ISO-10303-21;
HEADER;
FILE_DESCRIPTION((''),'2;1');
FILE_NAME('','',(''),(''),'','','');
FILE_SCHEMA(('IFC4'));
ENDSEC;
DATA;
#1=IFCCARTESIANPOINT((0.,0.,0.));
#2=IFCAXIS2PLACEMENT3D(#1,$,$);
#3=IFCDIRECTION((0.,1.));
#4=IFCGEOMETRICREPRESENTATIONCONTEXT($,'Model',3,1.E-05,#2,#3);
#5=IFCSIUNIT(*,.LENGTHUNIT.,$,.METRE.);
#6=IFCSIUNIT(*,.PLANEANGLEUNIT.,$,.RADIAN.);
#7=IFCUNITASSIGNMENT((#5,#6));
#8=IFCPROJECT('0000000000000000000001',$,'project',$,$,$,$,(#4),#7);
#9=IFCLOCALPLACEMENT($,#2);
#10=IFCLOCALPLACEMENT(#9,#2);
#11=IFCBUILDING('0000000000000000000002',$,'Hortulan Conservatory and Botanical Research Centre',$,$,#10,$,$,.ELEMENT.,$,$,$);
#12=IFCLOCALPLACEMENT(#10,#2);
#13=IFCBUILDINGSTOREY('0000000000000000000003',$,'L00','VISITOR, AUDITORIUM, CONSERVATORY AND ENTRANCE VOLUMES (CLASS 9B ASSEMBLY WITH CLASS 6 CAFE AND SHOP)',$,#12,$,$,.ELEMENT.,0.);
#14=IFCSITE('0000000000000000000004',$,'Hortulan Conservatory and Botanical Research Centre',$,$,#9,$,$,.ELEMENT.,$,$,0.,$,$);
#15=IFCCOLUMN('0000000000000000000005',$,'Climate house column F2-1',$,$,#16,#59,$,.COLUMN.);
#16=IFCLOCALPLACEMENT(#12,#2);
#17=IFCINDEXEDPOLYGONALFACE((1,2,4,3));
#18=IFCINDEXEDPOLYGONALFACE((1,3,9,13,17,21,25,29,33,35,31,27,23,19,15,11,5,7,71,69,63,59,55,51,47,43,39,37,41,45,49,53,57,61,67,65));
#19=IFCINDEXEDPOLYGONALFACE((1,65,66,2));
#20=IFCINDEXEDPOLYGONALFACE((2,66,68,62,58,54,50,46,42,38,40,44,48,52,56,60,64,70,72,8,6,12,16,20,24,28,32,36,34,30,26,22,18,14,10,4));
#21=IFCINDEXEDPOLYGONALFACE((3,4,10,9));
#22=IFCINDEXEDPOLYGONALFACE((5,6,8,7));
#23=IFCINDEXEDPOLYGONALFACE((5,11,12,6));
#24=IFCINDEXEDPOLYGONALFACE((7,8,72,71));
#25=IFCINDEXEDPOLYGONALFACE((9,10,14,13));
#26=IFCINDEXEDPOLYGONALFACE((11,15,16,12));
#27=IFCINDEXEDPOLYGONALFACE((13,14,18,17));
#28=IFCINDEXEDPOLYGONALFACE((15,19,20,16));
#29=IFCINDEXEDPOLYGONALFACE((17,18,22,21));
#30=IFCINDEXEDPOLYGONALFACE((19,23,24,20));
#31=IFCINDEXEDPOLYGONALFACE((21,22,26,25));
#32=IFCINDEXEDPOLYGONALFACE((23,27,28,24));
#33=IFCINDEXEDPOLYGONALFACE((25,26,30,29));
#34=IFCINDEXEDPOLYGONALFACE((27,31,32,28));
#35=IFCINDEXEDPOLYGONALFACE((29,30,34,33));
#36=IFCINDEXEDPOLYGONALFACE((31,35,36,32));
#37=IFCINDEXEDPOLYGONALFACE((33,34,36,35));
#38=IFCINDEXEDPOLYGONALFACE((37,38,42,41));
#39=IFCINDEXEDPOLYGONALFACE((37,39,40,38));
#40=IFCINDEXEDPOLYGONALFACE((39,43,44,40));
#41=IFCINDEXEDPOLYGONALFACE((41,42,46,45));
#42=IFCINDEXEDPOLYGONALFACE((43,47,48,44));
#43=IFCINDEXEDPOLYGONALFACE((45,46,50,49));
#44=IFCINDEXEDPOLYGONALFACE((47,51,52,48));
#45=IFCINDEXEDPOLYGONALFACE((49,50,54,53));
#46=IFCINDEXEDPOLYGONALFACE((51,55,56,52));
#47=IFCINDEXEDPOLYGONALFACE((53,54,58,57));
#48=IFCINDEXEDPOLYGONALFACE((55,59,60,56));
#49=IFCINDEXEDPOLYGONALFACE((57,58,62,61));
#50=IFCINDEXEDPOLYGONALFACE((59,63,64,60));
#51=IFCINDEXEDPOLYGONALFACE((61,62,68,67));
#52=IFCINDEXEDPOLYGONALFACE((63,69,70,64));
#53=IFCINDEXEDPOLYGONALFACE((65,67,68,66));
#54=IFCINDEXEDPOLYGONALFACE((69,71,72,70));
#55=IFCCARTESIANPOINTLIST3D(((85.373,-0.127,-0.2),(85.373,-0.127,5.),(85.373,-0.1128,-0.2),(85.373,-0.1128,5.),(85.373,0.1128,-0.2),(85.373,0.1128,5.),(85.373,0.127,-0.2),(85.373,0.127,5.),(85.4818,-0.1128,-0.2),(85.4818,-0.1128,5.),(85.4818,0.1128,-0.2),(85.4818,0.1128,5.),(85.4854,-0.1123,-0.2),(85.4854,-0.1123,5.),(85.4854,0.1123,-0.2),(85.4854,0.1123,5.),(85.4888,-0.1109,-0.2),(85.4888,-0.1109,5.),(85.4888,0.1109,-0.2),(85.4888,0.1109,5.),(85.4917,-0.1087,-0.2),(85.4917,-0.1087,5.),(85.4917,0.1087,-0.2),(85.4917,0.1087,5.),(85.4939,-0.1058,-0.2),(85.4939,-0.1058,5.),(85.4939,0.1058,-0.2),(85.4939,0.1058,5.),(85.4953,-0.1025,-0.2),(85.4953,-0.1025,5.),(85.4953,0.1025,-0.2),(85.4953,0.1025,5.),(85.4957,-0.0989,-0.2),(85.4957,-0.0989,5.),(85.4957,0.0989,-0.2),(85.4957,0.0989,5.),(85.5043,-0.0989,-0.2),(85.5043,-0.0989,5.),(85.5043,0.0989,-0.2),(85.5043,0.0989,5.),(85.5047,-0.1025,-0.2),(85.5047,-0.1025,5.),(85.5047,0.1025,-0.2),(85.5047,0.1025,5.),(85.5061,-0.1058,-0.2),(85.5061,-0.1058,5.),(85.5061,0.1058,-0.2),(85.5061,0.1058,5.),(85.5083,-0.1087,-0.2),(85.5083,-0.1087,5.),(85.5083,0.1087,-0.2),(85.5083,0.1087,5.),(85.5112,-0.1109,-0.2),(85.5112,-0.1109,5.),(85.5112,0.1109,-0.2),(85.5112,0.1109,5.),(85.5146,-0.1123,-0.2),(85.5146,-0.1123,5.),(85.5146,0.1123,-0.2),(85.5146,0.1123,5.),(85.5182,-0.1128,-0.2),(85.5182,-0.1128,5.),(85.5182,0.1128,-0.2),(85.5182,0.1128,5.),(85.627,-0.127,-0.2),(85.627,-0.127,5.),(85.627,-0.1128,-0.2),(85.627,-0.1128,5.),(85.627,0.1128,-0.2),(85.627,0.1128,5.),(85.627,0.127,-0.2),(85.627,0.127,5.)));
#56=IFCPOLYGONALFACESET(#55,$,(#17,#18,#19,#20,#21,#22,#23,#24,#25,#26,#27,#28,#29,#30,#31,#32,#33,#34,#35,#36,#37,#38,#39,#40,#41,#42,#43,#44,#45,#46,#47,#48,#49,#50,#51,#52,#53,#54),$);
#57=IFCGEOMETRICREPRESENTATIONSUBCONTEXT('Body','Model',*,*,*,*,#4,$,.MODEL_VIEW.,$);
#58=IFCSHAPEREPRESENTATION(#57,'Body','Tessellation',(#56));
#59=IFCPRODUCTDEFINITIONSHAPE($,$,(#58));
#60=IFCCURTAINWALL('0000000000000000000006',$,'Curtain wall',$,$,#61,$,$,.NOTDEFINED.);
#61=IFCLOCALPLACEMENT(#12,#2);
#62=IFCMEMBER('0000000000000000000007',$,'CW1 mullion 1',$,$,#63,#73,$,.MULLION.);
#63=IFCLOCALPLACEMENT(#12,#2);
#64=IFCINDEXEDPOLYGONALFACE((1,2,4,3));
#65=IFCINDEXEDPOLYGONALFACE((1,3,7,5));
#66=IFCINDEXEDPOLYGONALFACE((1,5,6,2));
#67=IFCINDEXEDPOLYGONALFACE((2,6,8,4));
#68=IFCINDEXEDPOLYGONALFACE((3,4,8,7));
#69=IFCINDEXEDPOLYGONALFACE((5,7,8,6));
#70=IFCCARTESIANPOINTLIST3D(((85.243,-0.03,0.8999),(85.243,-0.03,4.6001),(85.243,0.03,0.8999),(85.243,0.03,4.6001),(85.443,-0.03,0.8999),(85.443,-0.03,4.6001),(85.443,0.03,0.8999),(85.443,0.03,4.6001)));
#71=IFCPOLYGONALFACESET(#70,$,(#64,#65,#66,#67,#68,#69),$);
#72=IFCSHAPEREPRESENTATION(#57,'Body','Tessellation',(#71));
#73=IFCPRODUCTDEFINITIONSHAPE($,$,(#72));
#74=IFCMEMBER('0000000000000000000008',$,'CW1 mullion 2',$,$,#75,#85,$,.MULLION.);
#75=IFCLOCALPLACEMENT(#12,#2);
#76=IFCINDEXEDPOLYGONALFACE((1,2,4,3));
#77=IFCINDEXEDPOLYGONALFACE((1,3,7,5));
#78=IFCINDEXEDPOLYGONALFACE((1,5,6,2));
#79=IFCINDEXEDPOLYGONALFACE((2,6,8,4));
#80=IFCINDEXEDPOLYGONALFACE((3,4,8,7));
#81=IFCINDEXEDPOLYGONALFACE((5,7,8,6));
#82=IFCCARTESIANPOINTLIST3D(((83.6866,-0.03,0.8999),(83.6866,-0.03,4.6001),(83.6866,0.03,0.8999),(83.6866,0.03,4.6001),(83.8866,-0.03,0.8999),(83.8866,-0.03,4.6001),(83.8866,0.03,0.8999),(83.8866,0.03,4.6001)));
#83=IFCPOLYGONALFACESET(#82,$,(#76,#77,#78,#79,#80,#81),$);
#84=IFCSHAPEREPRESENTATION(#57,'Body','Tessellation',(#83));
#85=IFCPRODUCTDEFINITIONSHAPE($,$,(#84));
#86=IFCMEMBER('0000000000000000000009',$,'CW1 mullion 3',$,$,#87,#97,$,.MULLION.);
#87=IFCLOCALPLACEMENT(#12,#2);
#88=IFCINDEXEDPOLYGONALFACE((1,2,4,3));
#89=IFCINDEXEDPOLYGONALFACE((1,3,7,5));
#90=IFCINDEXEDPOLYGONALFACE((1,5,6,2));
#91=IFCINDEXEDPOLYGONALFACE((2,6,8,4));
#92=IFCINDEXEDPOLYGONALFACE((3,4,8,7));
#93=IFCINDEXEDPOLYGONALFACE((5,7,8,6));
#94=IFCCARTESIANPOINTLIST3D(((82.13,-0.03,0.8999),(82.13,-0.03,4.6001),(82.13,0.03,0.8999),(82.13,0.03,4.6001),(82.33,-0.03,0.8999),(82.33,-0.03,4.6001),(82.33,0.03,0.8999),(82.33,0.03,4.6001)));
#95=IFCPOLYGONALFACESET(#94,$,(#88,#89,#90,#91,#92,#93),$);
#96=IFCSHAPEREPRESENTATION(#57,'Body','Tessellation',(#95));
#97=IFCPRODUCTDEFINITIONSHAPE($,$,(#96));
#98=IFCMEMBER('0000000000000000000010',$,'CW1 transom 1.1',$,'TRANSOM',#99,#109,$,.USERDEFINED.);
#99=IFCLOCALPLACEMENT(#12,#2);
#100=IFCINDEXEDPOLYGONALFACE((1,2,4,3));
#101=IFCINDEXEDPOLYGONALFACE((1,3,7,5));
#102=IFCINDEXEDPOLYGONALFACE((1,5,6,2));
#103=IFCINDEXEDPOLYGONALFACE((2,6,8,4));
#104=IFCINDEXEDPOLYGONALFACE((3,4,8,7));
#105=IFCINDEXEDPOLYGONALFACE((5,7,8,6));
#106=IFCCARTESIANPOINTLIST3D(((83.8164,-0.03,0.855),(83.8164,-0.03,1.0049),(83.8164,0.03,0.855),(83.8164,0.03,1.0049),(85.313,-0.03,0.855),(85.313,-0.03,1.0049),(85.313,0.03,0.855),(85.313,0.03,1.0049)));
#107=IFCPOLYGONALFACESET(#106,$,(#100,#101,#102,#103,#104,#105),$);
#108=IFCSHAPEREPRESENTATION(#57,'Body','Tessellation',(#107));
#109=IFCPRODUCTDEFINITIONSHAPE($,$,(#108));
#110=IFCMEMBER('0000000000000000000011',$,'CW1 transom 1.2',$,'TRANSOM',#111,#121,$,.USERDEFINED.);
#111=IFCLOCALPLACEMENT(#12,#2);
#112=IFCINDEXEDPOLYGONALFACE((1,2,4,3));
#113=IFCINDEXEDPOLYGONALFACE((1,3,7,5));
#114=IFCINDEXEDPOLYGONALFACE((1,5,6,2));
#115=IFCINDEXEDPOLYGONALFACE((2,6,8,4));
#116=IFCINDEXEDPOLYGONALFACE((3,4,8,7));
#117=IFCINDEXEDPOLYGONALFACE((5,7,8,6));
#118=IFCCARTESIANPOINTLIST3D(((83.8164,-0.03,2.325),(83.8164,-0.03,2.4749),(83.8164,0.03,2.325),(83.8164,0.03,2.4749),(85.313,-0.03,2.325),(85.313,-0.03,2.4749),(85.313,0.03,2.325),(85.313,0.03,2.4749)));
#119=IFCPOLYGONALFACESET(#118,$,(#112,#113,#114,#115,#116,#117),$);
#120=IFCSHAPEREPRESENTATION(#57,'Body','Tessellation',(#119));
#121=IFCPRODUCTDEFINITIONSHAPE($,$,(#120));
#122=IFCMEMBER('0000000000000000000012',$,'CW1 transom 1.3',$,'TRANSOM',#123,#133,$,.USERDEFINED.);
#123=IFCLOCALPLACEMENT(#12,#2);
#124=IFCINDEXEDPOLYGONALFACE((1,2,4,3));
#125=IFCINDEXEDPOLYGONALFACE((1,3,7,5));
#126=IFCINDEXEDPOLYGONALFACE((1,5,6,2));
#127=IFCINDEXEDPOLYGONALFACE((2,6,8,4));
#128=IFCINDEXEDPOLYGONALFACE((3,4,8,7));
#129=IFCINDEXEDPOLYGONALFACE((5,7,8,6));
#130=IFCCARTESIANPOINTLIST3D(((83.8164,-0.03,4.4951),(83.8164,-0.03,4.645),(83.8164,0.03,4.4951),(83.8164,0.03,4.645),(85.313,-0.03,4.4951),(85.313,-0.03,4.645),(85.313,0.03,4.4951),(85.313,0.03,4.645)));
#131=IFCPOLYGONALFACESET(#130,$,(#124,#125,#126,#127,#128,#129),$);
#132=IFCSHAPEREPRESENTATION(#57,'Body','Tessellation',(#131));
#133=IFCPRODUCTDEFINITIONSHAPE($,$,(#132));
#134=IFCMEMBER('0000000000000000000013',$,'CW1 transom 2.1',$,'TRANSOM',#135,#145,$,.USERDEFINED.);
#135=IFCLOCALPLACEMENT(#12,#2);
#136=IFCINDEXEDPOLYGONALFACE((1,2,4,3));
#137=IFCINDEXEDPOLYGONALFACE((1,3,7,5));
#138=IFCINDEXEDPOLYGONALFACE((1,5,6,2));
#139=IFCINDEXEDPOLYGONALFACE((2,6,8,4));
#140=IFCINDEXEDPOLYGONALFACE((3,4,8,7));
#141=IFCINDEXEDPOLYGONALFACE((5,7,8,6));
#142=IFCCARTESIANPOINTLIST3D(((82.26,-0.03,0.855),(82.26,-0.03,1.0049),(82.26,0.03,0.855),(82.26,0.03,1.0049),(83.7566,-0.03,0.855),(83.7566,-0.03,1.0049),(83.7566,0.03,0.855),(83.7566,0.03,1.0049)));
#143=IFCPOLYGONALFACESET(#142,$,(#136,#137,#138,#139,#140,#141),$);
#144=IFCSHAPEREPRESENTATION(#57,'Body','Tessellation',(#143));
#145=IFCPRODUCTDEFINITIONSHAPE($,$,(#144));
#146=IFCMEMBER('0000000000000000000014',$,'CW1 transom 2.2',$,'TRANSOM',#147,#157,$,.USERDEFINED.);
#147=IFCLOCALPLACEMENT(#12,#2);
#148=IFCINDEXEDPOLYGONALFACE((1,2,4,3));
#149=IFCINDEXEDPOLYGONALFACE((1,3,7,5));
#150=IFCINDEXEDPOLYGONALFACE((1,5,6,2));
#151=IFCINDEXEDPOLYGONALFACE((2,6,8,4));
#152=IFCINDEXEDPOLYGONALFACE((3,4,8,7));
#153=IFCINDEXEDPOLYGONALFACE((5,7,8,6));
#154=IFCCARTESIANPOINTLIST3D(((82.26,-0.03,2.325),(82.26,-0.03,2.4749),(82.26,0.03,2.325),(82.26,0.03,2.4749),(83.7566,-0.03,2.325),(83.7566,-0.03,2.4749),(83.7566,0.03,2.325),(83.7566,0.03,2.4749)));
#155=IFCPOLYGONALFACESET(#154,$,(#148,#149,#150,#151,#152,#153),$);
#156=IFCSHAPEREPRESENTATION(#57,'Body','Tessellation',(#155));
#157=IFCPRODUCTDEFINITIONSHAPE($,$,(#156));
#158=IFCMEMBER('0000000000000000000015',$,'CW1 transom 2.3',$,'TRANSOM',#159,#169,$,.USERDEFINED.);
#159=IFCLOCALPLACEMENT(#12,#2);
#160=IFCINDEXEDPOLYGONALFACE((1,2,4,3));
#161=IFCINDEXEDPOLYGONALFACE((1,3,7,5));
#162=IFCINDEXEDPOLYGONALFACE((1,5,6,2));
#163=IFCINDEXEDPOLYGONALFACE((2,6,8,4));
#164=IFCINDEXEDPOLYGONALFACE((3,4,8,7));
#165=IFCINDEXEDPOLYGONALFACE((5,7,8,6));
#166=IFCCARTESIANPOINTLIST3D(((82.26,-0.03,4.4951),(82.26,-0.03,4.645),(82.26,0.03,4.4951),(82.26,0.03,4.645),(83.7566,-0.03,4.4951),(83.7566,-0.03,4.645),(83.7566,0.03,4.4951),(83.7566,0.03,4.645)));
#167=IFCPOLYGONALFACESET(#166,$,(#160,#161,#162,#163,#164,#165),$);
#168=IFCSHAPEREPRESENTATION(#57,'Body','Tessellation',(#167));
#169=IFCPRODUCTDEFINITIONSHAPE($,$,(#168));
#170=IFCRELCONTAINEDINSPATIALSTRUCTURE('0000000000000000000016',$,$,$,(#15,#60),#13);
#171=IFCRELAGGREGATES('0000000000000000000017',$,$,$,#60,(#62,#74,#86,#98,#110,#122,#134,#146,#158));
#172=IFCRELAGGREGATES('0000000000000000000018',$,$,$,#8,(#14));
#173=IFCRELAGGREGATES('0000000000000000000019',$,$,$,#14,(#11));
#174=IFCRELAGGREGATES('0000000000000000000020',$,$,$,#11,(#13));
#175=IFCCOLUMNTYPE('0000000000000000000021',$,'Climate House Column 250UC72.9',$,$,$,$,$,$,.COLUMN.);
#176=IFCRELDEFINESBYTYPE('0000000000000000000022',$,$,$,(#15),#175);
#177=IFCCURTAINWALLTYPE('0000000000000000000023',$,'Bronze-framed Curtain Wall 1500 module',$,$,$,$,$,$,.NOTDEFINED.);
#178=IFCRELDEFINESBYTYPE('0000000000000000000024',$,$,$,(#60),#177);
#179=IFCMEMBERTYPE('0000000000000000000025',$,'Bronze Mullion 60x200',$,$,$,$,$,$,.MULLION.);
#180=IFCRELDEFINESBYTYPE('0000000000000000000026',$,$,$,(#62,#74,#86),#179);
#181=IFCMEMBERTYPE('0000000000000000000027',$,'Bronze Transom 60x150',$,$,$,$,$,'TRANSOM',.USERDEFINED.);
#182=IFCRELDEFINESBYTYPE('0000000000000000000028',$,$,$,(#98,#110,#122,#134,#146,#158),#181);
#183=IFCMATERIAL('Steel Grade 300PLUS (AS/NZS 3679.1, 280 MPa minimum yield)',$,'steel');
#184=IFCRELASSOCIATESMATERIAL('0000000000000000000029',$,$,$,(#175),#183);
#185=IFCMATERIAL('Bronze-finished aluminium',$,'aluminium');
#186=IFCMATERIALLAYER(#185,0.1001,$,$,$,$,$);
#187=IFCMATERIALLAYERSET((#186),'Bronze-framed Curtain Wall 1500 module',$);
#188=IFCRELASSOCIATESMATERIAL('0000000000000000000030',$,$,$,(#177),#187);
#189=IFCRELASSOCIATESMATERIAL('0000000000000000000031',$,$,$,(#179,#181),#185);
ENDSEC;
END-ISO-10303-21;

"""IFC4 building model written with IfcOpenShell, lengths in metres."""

from ifc_helpers import new_model, si_unit, direction, frame, origin, origin_2d, place, context, subcontext, project, spatial, rectangle, i_section, extrude, material, layer, layer_set, material_profile, profile_set, type_object, element, aggregate, save


model = new_model("IFC4")

# Units and contexts
model_context = context("Model", 3, precision=1e-05, world=origin(), true_north=direction((0.0, 1.0)))
body_context = subcontext(model_context, "Body", "Model", "MODEL_VIEW")
ifc_project = project(units=[si_unit("LENGTHUNIT", "METRE"), si_unit("PLANEANGLEUNIT", "RADIAN")], contexts=[model_context])

# Site, building, storey
site_placement = place(None, origin())
site = spatial("IfcSite", under=ifc_project, at=site_placement, Name="Hortulan Conservatory and Botanical Research Centre", CompositionType="ELEMENT", RefElevation=0.0)
building_placement = place(site_placement, origin())
building = spatial("IfcBuilding", under=site, at=building_placement, Name="Hortulan Conservatory and Botanical Research Centre", CompositionType="ELEMENT")
storey_placement = place(building_placement, origin())
storey = spatial("IfcBuildingStorey", under=building, at=storey_placement, Name="L00", Description="VISITOR, AUDITORIUM, CONSERVATORY AND ENTRANCE VOLUMES (CLASS 9B ASSEMBLY WITH CLASS 6 CAFE AND SHOP)", CompositionType="ELEMENT", Elevation=0.0)

# Column
ifc_material_1 = material(Name="Steel Grade 300PLUS (AS/NZS 3679.1, 280 MPa minimum yield)", Category="steel")
ifc_material_profile_1 = material_profile(ifc_material_1, i_section(OverallWidth=0.2539, OverallDepth=0.2539, WebThickness=0.0085, FlangeThickness=0.0142, FilletRadius=0.0139, at=origin_2d()), Name="250UC72.9")
ifc_profile_set_1 = profile_set([ifc_material_profile_1], Name="Steel Grade 300PLUS (AS/NZS 3679.1, 280 MPa minimum yield)")
column_type = type_object("IfcColumnType", Name="Climate House Column 250UC72.9", PredefinedType="COLUMN", material=ifc_profile_set_1)
column_placement = place(storey_placement, frame((85.5, 0.0, -0.2), z_axis=(0.0, 0.0, 1.0), x_axis=(1.0, 0.0, 0.0)))
element("IfcColumn", 1, at=column_placement, inside=storey, type_object=column_type, Name="Climate house column F2-1", PredefinedType="COLUMN", context=body_context, shape_type="SweptSolid", body=[
    extrude(i_section(OverallWidth=0.2539, OverallDepth=0.2539, WebThickness=0.0085, FlangeThickness=0.0142, FilletRadius=0.0139, at=origin_2d()), origin(), (0.0, 0.0, 1.0), 5.2),
])

# Curtain wall, members
ifc_material_2 = material(Name="Bronze-finished aluminium", Category="aluminium")
ifc_layer_1 = layer(ifc_material_2, 0.1001)
ifc_layer_set_1 = layer_set([ifc_layer_1], Name="Bronze-framed Curtain Wall 1500 module")
curtain_wall_type = type_object("IfcCurtainWallType", Name="Bronze-framed Curtain Wall 1500 module", PredefinedType="NOTDEFINED", material=ifc_layer_set_1)
curtain_wall_placement = place(storey_placement, origin())
curtain_wall = element("IfcCurtainWall", 2, at=curtain_wall_placement, inside=storey, type_object=curtain_wall_type, Name="Curtain wall", PredefinedType="NOTDEFINED")
ifc_material_profile_2 = material_profile(ifc_material_2, rectangle(XDim=0.0601, YDim=0.2, at=origin_2d()), Name="Bronze Mullion 60x200")
ifc_profile_set_2 = profile_set([ifc_material_profile_2], Name="Bronze-finished aluminium")
member_type_1 = type_object("IfcMemberType", Name="Bronze Mullion 60x200", PredefinedType="MULLION", material=ifc_profile_set_2)
member_1_placement = place(storey_placement, frame((85.343, 0.0, 0.8999), z_axis=(0.0, 0.0, 1.0), x_axis=(0.0, -1.0, 0.0)))
member_1 = element("IfcMember", 3, at=member_1_placement, type_object=member_type_1, Name="CW1 mullion 1", PredefinedType="MULLION", context=body_context, shape_type="SweptSolid", body=[
    extrude(rectangle(XDim=0.0601, YDim=0.2, at=origin_2d()), origin(), (0.0, 0.0, 1.0), 3.7002),
])
member_2_placement = place(storey_placement, frame((83.7866, 0.0, 0.8999), z_axis=(0.0, 0.0, 1.0), x_axis=(0.0, -1.0, 0.0)))
member_2 = element("IfcMember", 4, at=member_2_placement, type_object=member_type_1, Name="CW1 mullion 2", PredefinedType="MULLION", context=body_context, shape_type="SweptSolid", body=[
    extrude(rectangle(XDim=0.0601, YDim=0.2, at=origin_2d()), origin(), (0.0, 0.0, 1.0), 3.7002),
])
member_3_placement = place(storey_placement, frame((82.23, 0.0, 0.8999), z_axis=(0.0, 0.0, 1.0), x_axis=(0.0, -1.0, 0.0)))
member_3 = element("IfcMember", 5, at=member_3_placement, type_object=member_type_1, Name="CW1 mullion 3", PredefinedType="MULLION", context=body_context, shape_type="SweptSolid", body=[
    extrude(rectangle(XDim=0.0601, YDim=0.2, at=origin_2d()), origin(), (0.0, 0.0, 1.0), 3.7002),
])
ifc_material_profile_3 = material_profile(ifc_material_2, rectangle(XDim=0.0601, YDim=0.1499, at=origin_2d()), Name="Bronze Transom 60x150")
ifc_profile_set_3 = profile_set([ifc_material_profile_3], Name="Bronze-finished aluminium")
member_type_2 = type_object("IfcMemberType", Name="Bronze Transom 60x150", ElementType="TRANSOM", PredefinedType="USERDEFINED", material=ifc_profile_set_3)
member_4_placement = place(storey_placement, frame((85.313, 0.0, 0.9299), z_axis=(-1.0, 0.0, 0.0), x_axis=(0.0, -1.0, 0.0)))
member_4 = element("IfcMember", 6, at=member_4_placement, type_object=member_type_2, Name="CW1 transom 1.1", ObjectType="TRANSOM", PredefinedType="USERDEFINED", context=body_context, shape_type="SweptSolid", body=[
    extrude(rectangle(XDim=0.0601, YDim=0.1499, at=origin_2d()), origin(), (0.0, 0.0, 1.0), 1.4966),
])
member_5_placement = place(storey_placement, frame((85.313, 0.0, 2.3999), z_axis=(-1.0, 0.0, 0.0), x_axis=(0.0, -1.0, 0.0)))
member_5 = element("IfcMember", 7, at=member_5_placement, type_object=member_type_2, Name="CW1 transom 1.2", ObjectType="TRANSOM", PredefinedType="USERDEFINED", context=body_context, shape_type="SweptSolid", body=[
    extrude(rectangle(XDim=0.0601, YDim=0.1499, at=origin_2d()), origin(), (0.0, 0.0, 1.0), 1.4966),
])
member_6_placement = place(storey_placement, frame((85.313, 0.0, 4.5701), z_axis=(-1.0, 0.0, 0.0), x_axis=(0.0, -1.0, 0.0)))
member_6 = element("IfcMember", 8, at=member_6_placement, type_object=member_type_2, Name="CW1 transom 1.3", ObjectType="TRANSOM", PredefinedType="USERDEFINED", context=body_context, shape_type="SweptSolid", body=[
    extrude(rectangle(XDim=0.0601, YDim=0.1499, at=origin_2d()), origin(), (0.0, 0.0, 1.0), 1.4966),
])
member_7_placement = place(storey_placement, frame((83.7566, 0.0, 0.9299), z_axis=(-1.0, 0.0, 0.0), x_axis=(0.0, -1.0, 0.0)))
member_7 = element("IfcMember", 9, at=member_7_placement, type_object=member_type_2, Name="CW1 transom 2.1", ObjectType="TRANSOM", PredefinedType="USERDEFINED", context=body_context, shape_type="SweptSolid", body=[
    extrude(rectangle(XDim=0.0601, YDim=0.1499, at=origin_2d()), origin(), (0.0, 0.0, 1.0), 1.4966),
])
member_8_placement = place(storey_placement, frame((83.7566, 0.0, 2.3999), z_axis=(-1.0, 0.0, 0.0), x_axis=(0.0, -1.0, 0.0)))
member_8 = element("IfcMember", 10, at=member_8_placement, type_object=member_type_2, Name="CW1 transom 2.2", ObjectType="TRANSOM", PredefinedType="USERDEFINED", context=body_context, shape_type="SweptSolid", body=[
    extrude(rectangle(XDim=0.0601, YDim=0.1499, at=origin_2d()), origin(), (0.0, 0.0, 1.0), 1.4966),
])
member_9_placement = place(storey_placement, frame((83.7566, 0.0, 4.5701), z_axis=(-1.0, 0.0, 0.0), x_axis=(0.0, -1.0, 0.0)))
member_9 = element("IfcMember", 11, at=member_9_placement, type_object=member_type_2, Name="CW1 transom 2.3", ObjectType="TRANSOM", PredefinedType="USERDEFINED", context=body_context, shape_type="SweptSolid", body=[
    extrude(rectangle(XDim=0.0601, YDim=0.1499, at=origin_2d()), origin(), (0.0, 0.0, 1.0), 1.4966),
])

aggregate(curtain_wall, [member_1, member_2, member_3, member_4, member_5, member_6, member_7, member_8, member_9])

save(model, "model.ifc")
